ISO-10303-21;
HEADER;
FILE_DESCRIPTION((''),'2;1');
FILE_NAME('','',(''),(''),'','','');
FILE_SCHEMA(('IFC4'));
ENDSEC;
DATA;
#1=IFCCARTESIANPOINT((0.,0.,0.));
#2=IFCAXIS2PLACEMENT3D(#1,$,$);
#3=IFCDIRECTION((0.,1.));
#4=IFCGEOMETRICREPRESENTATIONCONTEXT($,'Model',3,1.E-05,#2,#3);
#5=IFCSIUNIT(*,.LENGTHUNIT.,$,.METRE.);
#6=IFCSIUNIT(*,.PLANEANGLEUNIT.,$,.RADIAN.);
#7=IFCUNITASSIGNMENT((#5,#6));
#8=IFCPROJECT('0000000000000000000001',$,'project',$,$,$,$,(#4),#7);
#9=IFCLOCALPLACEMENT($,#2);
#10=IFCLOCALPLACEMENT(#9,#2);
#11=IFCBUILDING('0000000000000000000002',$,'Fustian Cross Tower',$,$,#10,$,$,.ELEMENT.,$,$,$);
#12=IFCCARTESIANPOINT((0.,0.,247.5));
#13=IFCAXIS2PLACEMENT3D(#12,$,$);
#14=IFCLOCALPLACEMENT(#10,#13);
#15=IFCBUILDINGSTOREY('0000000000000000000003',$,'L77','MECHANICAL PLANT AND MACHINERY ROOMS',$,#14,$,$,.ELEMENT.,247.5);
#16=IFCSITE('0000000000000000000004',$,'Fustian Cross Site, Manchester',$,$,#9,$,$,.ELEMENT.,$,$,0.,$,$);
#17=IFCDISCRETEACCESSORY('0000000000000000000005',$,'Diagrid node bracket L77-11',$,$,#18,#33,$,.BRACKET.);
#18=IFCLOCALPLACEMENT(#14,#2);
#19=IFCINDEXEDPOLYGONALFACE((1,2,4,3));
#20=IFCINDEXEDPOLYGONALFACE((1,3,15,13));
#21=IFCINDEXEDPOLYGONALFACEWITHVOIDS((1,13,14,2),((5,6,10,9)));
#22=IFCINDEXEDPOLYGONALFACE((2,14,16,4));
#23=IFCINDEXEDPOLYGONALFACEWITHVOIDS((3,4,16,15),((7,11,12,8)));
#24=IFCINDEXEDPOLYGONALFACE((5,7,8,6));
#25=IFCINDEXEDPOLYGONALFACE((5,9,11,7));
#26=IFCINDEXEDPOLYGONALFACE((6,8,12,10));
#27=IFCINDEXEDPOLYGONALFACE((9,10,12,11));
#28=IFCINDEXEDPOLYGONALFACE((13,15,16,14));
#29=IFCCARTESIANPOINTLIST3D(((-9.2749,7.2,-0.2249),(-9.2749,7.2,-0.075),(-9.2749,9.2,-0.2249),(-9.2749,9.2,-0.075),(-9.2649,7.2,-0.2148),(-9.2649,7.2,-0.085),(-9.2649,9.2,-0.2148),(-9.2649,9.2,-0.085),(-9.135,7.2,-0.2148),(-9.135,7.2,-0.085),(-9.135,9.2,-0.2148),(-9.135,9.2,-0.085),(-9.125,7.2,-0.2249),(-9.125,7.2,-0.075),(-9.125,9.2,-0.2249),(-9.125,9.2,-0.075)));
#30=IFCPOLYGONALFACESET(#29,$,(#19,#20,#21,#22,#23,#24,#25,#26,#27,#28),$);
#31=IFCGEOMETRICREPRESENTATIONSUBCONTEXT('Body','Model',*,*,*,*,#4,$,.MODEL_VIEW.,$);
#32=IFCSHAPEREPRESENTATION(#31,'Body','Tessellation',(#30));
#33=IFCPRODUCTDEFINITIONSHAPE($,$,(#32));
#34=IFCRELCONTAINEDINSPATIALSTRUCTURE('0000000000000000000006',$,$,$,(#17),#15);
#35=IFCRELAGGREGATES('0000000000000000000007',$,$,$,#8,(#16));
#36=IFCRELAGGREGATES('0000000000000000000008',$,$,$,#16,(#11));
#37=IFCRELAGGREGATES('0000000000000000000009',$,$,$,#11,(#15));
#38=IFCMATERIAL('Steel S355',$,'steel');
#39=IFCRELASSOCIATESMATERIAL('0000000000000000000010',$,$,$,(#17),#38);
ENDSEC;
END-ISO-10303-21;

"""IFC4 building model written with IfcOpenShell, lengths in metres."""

from ifc_helpers import new_model, si_unit, direction, frame, origin, origin_2d, place, context, subcontext, project, spatial, hollow_rectangle, extrude, material, element, save


model = new_model("IFC4")

# Units and contexts
model_context = context("Model", 3, precision=1e-05, world=origin(), true_north=direction((0.0, 1.0)))
body_context = subcontext(model_context, "Body", "Model", "MODEL_VIEW")
ifc_project = project(units=[si_unit("LENGTHUNIT", "METRE"), si_unit("PLANEANGLEUNIT", "RADIAN")], contexts=[model_context])

# Site, building, storey
site_placement = place(None, origin())
site = spatial("IfcSite", under=ifc_project, at=site_placement, Name="Fustian Cross Site, Manchester", CompositionType="ELEMENT", RefElevation=0.0)
building_placement = place(site_placement, origin())
building = spatial("IfcBuilding", under=site, at=building_placement, Name="Fustian Cross Tower", CompositionType="ELEMENT")
storey_placement = place(building_placement, frame((0.0, 0.0, 247.5)))
storey = spatial("IfcBuildingStorey", under=building, at=storey_placement, Name="L77", Description="MECHANICAL PLANT AND MACHINERY ROOMS", CompositionType="ELEMENT", Elevation=247.5)

# Discrete accessory
ifc_material_1 = material(Name="Steel S355", Category="steel")
discrete_accessory_placement = place(storey_placement, frame((-9.2, 9.2, -0.1499), z_axis=(0.0, -1.0, 0.0), x_axis=(1.0, 0.0, 0.0)))
element("IfcDiscreteAccessory", 1, at=discrete_accessory_placement, inside=storey, material=ifc_material_1, Name="Diagrid node bracket L77-11", PredefinedType="BRACKET", context=body_context, shape_type="SweptSolid", body=[
    extrude(hollow_rectangle(XDim=0.1499, YDim=0.1499, WallThickness=0.01, at=origin_2d()), origin(), (0.0, 0.0, 1.0), 2.0),
])

save(model, "model.ifc")
